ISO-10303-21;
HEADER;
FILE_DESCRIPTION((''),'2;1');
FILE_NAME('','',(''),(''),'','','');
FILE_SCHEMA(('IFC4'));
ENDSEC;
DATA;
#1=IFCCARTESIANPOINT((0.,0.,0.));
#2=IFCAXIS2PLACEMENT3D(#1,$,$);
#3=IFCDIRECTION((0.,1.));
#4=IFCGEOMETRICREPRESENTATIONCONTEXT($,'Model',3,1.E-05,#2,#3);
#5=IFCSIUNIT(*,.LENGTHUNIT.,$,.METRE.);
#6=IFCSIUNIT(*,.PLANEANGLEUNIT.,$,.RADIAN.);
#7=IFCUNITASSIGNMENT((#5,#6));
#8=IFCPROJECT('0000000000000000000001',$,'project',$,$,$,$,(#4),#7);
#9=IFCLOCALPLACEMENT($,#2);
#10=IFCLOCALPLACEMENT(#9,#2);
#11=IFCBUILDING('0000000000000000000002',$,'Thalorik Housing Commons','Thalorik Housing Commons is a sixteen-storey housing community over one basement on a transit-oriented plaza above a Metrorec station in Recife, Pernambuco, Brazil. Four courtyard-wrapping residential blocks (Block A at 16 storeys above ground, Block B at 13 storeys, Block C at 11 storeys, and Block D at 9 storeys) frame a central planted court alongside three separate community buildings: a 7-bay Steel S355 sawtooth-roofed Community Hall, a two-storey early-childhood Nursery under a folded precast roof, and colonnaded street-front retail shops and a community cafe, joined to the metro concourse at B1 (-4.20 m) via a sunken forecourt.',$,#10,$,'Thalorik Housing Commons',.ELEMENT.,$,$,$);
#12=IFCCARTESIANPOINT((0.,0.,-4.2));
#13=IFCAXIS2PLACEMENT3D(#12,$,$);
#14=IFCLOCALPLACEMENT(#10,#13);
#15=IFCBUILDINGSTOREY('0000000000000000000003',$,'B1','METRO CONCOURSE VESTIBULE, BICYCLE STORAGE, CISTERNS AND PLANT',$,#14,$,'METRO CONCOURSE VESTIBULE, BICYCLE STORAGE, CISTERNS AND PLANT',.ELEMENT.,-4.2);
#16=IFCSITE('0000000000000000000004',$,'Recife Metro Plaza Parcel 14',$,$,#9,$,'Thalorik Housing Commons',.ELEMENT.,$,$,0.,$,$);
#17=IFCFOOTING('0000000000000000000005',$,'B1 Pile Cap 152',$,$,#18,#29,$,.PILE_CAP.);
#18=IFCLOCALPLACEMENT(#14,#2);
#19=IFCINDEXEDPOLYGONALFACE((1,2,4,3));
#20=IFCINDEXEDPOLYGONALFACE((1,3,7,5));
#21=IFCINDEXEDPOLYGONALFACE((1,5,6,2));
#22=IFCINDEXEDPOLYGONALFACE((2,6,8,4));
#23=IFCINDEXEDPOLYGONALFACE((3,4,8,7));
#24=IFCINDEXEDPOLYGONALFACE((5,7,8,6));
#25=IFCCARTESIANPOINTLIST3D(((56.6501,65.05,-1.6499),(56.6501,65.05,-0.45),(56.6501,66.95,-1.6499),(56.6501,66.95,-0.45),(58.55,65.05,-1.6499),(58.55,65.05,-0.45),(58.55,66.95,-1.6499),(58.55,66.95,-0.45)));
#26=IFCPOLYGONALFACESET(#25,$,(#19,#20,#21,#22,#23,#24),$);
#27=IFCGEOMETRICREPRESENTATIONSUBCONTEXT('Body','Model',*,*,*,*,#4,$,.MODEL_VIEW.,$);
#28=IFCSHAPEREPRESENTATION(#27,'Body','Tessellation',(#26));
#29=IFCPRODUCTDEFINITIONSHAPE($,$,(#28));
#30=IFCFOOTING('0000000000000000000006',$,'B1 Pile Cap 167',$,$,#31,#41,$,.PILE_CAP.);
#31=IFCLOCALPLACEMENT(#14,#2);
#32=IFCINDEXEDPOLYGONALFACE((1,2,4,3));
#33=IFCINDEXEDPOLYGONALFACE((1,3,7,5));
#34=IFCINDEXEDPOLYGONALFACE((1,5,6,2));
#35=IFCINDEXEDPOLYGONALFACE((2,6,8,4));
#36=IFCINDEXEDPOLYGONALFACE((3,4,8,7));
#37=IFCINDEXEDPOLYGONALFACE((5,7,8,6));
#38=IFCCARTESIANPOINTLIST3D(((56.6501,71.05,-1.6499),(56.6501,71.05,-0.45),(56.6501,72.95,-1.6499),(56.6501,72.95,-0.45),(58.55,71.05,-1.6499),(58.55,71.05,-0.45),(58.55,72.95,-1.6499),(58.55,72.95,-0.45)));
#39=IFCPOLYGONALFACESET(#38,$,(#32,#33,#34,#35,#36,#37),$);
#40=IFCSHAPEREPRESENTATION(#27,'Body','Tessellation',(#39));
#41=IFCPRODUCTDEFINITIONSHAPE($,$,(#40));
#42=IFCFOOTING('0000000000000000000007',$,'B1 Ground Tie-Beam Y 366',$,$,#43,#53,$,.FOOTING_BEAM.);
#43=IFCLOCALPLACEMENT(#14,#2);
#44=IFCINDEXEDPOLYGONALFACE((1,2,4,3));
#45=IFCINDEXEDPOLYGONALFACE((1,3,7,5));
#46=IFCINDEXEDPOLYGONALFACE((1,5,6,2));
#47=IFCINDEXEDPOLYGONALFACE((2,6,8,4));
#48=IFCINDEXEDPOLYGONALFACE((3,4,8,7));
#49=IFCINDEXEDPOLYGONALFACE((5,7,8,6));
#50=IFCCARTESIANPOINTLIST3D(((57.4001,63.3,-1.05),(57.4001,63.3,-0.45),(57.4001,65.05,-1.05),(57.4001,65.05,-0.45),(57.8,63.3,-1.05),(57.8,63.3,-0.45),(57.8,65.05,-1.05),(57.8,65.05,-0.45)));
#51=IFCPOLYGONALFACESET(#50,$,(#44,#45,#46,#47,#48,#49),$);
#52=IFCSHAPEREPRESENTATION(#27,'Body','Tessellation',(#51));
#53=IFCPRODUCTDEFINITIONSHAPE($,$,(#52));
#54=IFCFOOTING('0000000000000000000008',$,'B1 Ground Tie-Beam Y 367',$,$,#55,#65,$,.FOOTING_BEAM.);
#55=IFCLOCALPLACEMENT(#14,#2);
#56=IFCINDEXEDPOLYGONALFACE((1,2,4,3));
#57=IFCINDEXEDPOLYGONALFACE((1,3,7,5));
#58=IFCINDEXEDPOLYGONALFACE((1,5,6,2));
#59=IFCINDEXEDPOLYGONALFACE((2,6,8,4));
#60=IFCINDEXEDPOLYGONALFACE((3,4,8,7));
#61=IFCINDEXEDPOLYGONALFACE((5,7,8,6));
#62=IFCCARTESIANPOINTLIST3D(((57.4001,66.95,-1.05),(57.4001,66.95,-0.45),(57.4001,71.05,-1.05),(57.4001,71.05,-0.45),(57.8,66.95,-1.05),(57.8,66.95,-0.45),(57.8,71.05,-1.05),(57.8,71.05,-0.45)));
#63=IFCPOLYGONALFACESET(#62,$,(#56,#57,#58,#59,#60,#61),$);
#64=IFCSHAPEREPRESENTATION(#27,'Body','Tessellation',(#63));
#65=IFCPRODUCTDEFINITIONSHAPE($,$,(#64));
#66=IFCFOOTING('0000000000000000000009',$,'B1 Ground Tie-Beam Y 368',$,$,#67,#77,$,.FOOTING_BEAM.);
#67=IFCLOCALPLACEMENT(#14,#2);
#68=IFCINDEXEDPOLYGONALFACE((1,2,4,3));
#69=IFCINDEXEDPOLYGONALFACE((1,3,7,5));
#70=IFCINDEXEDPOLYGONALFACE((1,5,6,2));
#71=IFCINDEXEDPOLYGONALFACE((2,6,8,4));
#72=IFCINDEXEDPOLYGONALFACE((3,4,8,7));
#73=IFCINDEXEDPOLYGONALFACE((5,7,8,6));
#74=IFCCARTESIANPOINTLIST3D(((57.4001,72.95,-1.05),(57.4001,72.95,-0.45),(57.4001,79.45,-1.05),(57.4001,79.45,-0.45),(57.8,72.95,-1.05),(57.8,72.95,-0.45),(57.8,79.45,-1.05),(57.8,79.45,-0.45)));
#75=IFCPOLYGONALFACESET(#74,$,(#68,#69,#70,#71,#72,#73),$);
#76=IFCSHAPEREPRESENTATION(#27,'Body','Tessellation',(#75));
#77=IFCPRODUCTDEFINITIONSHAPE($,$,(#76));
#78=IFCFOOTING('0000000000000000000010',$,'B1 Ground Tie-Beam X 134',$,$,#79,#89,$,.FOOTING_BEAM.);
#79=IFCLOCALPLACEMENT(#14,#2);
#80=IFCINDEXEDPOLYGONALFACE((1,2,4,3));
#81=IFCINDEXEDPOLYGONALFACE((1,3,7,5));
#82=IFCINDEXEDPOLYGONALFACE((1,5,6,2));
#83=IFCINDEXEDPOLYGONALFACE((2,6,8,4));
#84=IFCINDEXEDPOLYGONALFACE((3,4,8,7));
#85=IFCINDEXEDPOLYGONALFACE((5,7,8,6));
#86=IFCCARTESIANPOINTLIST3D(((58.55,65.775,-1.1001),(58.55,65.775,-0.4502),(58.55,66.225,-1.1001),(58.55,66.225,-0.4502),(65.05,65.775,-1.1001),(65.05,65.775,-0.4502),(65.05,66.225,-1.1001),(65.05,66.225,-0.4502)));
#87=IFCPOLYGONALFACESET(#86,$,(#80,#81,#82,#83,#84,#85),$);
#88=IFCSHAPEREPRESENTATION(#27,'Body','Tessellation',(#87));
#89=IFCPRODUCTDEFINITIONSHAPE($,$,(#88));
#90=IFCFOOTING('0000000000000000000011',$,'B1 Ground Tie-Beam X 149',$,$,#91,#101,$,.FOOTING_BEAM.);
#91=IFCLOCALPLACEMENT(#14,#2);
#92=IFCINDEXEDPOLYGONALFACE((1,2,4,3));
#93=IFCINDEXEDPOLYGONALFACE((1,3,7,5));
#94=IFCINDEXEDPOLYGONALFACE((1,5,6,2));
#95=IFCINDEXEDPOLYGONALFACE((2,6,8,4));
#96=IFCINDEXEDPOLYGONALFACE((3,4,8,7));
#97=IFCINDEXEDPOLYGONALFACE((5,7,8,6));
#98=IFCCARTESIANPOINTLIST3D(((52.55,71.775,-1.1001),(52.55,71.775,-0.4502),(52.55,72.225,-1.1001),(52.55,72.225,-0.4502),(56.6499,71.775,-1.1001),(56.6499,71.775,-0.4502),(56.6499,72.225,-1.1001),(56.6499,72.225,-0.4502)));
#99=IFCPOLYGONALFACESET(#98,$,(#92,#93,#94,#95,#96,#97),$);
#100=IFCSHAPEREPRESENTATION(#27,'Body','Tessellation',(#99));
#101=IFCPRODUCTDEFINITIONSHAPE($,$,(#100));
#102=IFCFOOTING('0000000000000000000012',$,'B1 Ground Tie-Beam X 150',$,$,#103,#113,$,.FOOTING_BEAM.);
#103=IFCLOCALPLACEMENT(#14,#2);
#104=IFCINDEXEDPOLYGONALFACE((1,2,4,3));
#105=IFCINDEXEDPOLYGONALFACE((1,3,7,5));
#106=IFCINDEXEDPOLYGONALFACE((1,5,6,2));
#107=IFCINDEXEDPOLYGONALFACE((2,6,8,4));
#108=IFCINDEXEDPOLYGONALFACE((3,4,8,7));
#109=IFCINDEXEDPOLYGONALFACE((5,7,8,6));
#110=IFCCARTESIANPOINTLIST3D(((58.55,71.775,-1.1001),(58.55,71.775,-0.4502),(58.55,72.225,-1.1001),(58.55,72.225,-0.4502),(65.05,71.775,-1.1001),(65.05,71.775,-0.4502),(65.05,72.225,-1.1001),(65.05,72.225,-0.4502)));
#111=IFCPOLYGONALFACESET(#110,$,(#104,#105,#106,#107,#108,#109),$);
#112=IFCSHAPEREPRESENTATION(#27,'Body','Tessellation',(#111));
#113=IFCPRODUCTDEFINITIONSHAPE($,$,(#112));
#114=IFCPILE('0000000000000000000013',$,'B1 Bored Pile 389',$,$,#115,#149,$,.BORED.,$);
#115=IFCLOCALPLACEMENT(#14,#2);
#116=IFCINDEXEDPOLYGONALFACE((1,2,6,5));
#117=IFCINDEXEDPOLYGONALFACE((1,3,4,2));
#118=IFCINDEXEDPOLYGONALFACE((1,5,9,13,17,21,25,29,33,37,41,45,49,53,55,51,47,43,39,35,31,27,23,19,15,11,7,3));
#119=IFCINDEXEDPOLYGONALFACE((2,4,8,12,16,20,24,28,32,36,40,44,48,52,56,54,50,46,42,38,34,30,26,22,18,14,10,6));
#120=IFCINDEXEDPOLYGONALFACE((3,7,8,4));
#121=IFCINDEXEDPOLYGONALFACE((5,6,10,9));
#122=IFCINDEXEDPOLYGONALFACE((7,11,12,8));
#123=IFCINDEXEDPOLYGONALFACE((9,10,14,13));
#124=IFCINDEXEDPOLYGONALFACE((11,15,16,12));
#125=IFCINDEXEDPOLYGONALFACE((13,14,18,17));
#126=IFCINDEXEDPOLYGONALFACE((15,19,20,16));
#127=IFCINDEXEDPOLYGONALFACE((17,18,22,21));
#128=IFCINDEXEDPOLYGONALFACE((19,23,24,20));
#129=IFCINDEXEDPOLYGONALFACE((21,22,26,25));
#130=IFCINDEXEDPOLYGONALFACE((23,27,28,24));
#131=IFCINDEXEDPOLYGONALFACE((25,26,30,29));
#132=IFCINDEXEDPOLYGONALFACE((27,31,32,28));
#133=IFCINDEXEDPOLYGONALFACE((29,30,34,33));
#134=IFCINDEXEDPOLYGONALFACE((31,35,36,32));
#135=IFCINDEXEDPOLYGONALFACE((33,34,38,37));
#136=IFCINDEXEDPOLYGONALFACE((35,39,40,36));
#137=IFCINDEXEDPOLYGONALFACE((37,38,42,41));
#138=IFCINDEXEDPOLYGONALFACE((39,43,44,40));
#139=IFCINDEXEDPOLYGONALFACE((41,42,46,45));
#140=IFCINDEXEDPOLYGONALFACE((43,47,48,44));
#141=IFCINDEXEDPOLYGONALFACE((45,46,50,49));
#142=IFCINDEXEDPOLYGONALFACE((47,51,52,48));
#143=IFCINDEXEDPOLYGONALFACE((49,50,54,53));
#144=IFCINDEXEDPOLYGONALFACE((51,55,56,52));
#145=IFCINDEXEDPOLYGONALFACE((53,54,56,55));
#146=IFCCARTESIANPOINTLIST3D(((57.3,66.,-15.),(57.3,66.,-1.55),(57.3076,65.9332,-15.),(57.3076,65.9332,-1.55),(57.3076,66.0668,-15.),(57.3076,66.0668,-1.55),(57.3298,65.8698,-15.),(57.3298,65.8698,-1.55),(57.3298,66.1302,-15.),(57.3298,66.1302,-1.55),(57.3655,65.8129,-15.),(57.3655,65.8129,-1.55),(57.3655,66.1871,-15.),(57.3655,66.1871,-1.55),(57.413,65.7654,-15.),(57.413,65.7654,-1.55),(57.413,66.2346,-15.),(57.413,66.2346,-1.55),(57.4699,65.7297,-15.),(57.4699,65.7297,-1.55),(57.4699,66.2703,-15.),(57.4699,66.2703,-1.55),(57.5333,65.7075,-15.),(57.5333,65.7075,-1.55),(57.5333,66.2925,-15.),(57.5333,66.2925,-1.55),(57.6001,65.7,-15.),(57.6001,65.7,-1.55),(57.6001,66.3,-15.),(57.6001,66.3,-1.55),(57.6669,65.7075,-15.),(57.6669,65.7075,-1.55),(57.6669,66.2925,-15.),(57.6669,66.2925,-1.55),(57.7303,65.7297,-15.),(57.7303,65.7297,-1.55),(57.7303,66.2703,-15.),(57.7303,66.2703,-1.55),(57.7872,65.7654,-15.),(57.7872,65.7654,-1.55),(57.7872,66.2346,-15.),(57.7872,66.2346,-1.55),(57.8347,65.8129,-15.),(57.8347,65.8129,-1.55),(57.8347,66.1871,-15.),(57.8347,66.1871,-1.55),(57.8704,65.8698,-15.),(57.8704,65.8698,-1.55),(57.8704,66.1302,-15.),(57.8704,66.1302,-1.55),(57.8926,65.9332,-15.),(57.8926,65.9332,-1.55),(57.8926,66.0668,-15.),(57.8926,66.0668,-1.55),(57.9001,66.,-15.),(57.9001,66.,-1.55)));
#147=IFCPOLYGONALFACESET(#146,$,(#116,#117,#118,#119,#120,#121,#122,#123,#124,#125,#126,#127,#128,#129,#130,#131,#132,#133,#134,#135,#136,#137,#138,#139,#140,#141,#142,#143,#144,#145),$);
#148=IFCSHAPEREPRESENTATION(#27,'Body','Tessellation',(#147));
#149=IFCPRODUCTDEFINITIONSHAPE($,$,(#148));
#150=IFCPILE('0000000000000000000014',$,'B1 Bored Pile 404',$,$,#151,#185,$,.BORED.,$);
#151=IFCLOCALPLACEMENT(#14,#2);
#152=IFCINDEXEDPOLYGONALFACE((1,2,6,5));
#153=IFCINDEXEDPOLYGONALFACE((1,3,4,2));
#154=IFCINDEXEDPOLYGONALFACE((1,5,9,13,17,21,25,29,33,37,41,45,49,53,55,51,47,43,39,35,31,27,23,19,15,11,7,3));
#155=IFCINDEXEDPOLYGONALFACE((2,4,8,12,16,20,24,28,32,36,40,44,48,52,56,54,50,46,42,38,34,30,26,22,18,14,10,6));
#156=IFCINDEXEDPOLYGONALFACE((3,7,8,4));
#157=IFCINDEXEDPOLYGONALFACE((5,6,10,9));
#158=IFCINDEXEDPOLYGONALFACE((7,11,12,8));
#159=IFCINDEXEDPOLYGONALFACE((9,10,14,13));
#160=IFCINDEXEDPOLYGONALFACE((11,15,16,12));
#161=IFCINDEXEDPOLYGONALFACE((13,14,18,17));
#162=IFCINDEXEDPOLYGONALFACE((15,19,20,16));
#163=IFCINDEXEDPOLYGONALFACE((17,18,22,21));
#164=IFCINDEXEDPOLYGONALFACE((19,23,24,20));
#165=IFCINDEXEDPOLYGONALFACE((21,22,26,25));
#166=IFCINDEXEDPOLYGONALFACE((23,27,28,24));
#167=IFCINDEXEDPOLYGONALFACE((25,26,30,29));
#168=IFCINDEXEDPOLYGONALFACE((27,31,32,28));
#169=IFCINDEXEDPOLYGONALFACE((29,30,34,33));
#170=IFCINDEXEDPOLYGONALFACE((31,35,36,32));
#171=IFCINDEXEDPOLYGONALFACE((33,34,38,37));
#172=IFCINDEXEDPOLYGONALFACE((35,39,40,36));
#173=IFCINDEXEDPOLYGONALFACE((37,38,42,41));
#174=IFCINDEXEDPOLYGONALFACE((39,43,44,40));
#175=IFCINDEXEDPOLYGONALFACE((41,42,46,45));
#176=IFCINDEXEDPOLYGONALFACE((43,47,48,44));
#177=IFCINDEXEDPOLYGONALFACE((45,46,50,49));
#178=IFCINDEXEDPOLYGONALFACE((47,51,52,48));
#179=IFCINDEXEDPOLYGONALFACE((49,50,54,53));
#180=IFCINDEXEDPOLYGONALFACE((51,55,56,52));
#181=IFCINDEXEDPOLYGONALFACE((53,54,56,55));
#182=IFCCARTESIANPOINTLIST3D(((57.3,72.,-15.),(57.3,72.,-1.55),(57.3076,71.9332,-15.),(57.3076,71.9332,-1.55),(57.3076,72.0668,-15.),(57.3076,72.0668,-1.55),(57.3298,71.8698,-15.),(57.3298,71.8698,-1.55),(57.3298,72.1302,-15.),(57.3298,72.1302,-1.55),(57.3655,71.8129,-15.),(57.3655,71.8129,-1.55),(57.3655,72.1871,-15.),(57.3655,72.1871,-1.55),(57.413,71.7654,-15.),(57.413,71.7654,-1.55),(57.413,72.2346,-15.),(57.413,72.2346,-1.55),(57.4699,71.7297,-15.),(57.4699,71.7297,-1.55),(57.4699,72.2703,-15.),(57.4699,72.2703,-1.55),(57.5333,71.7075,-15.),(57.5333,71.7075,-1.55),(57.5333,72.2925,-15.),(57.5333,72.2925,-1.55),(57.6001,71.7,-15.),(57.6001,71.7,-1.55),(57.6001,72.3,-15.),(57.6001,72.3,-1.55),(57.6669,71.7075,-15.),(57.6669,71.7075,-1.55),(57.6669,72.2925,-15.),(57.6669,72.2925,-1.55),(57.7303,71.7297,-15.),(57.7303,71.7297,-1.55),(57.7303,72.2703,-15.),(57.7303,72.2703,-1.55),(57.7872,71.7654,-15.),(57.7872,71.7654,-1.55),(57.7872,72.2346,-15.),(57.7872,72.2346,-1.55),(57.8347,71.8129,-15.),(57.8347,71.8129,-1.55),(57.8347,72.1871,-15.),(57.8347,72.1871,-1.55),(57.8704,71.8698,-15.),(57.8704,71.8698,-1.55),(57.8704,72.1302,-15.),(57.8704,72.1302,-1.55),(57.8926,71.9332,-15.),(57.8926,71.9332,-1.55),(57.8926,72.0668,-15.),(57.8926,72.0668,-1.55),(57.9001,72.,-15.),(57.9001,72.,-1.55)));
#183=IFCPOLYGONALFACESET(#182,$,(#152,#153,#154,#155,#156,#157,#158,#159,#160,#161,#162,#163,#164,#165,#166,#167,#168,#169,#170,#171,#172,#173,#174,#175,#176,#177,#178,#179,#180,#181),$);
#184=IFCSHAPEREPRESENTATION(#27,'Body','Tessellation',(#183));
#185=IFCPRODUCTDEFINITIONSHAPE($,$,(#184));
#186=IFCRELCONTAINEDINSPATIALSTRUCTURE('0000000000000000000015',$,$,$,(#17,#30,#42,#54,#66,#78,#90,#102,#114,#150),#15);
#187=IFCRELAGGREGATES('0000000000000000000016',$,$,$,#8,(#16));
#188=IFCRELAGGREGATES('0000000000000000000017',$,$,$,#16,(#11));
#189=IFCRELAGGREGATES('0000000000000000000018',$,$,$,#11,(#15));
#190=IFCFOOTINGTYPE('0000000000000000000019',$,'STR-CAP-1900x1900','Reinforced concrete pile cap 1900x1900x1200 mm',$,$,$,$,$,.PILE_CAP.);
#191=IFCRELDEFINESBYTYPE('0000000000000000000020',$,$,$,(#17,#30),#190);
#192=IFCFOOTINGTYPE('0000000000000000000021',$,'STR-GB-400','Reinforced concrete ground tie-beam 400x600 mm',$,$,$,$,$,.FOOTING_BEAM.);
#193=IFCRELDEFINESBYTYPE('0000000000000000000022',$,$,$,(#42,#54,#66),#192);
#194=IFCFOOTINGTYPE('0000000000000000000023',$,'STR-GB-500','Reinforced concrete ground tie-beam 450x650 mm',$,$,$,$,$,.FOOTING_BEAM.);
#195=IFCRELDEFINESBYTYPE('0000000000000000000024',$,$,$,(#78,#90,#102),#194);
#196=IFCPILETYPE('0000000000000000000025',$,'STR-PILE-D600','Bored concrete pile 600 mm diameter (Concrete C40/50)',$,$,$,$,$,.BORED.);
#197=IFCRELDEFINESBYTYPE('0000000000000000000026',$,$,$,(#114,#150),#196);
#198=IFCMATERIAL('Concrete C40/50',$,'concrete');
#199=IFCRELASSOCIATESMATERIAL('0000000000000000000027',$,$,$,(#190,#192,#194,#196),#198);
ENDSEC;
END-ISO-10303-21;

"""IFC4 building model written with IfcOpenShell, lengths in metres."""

from ifc_helpers import new_model, si_unit, direction, frame, origin, origin_2d, place, context, subcontext, project, spatial, rectangle, circle, extrude, material, material_profile, profile_set, type_object, element, save


model = new_model("IFC4")

# Units and contexts
model_context = context("Model", 3, precision=1e-05, world=origin(), true_north=direction((0.0, 1.0)))
body_context = subcontext(model_context, "Body", "Model", "MODEL_VIEW")
ifc_project = project(units=[si_unit("LENGTHUNIT", "METRE"), si_unit("PLANEANGLEUNIT", "RADIAN")], contexts=[model_context])

# Site, building, storey
site_placement = place(None, origin())
site = spatial("IfcSite", under=ifc_project, at=site_placement, Name="Recife Metro Plaza Parcel 14", LongName="Thalorik Housing Commons", CompositionType="ELEMENT", RefElevation=0.0)
building_placement = place(site_placement, origin())
building = spatial("IfcBuilding", under=site, at=building_placement, Name="Thalorik Housing Commons", Description="Thalorik Housing Commons is a sixteen-storey housing community over one basement on a transit-oriented plaza above a Metrorec station in Recife, Pernambuco, Brazil. Four courtyard-wrapping residential blocks (Block A at 16 storeys above ground, Block B at 13 storeys, Block C at 11 storeys, and Block D at 9 storeys) frame a central planted court alongside three separate community buildings: a 7-bay Steel S355 sawtooth-roofed Community Hall, a two-storey early-childhood Nursery under a folded precast roof, and colonnaded street-front retail shops and a community cafe, joined to the metro concourse at B1 (-4.20 m) via a sunken forecourt.", LongName="Thalorik Housing Commons", CompositionType="ELEMENT")
storey_placement = place(building_placement, frame((0.0, 0.0, -4.2)))
storey = spatial("IfcBuildingStorey", under=building, at=storey_placement, Name="B1", Description="METRO CONCOURSE VESTIBULE, BICYCLE STORAGE, CISTERNS AND PLANT", LongName="METRO CONCOURSE VESTIBULE, BICYCLE STORAGE, CISTERNS AND PLANT", CompositionType="ELEMENT", Elevation=-4.2)

# Footings
ifc_material_1 = material(Name="Concrete C40/50", Category="concrete")
footing_type_1 = type_object("IfcFootingType", Name="STR-CAP-1900x1900", Description="Reinforced concrete pile cap 1900x1900x1200 mm", PredefinedType="PILE_CAP", material=ifc_material_1)
for number, where, z_axis, x_axis, name in (
    (1, (57.6001, 66.0, -1.6499), (0.0, 0.0, 1.0), (1.0, 0.0, 0.0), "B1 Pile Cap 152"),
    (2, (57.6001, 72.0, -1.6499), (0.0, 0.0, 1.0), (1.0, 0.0, 0.0), "B1 Pile Cap 167"),
):
    element("IfcFooting", number, at=place(storey_placement, frame(where, z_axis=z_axis, x_axis=x_axis)), inside=storey, type_object=footing_type_1, Name=name, PredefinedType="PILE_CAP", context=body_context, shape_type="SweptSolid", body=[
        extrude(rectangle(XDim=1.8999, YDim=1.8999, at=origin_2d()), origin(), (0.0, 0.0, 1.0), 1.2),
    ])
ifc_material_profile_1 = material_profile(ifc_material_1, rectangle(XDim=0.3999, YDim=0.6001, at=origin_2d()), Name="RC 400x600", Category="concrete")
ifc_profile_set_1 = profile_set([ifc_material_profile_1], Name="Concrete C40/50")
footing_type_2 = type_object("IfcFootingType", Name="STR-GB-400", Description="Reinforced concrete ground tie-beam 400x600 mm", PredefinedType="FOOTING_BEAM", material=ifc_profile_set_1)
footing_1_placement = place(storey_placement, frame((57.6001, 63.3, -0.75), z_axis=(0.0, 1.0, 0.0), x_axis=(-1.0, 0.0, 0.0)))
element("IfcFooting", 3, at=footing_1_placement, inside=storey, type_object=footing_type_2, Name="B1 Ground Tie-Beam Y 366", PredefinedType="FOOTING_BEAM", context=body_context, shape_type="SweptSolid", body=[
    extrude(rectangle(XDim=0.3999, YDim=0.6001, at=origin_2d()), origin(), (0.0, 0.0, 1.0), 1.75),
])
footing_2_placement = place(storey_placement, frame((57.6001, 66.95, -0.75), z_axis=(0.0, 1.0, 0.0), x_axis=(-1.0, 0.0, 0.0)))
element("IfcFooting", 4, at=footing_2_placement, inside=storey, type_object=footing_type_2, Name="B1 Ground Tie-Beam Y 367", PredefinedType="FOOTING_BEAM", context=body_context, shape_type="SweptSolid", body=[
    extrude(rectangle(XDim=0.3999, YDim=0.6001, at=origin_2d()), origin(), (0.0, 0.0, 1.0), 4.1001),
])
footing_3_placement = place(storey_placement, frame((57.6001, 72.95, -0.75), z_axis=(0.0, 1.0, 0.0), x_axis=(-1.0, 0.0, 0.0)))
element("IfcFooting", 5, at=footing_3_placement, inside=storey, type_object=footing_type_2, Name="B1 Ground Tie-Beam Y 368", PredefinedType="FOOTING_BEAM", context=body_context, shape_type="SweptSolid", body=[
    extrude(rectangle(XDim=0.3999, YDim=0.6001, at=origin_2d()), origin(), (0.0, 0.0, 1.0), 6.5),
])
ifc_material_profile_2 = material_profile(ifc_material_1, rectangle(XDim=0.45, YDim=0.6499, at=origin_2d()), Name="RC 450x650", Category="concrete")
ifc_profile_set_2 = profile_set([ifc_material_profile_2], Name="Concrete C40/50")
footing_type_3 = type_object("IfcFootingType", Name="STR-GB-500", Description="Reinforced concrete ground tie-beam 450x650 mm", PredefinedType="FOOTING_BEAM", material=ifc_profile_set_2)
footing_4_placement = place(storey_placement, frame((58.55, 66.0, -0.7751), z_axis=(1.0, 0.0, 0.0), x_axis=(0.0, 1.0, 0.0)))
element("IfcFooting", 6, at=footing_4_placement, inside=storey, type_object=footing_type_3, Name="B1 Ground Tie-Beam X 134", PredefinedType="FOOTING_BEAM", context=body_context, shape_type="SweptSolid", body=[
    extrude(rectangle(XDim=0.45, YDim=0.6499, at=origin_2d()), origin(), (0.0, 0.0, 1.0), 6.5),
])
footing_5_placement = place(storey_placement, frame((52.55, 72.0, -0.7751), z_axis=(1.0, 0.0, 0.0), x_axis=(0.0, 1.0, 0.0)))
element("IfcFooting", 7, at=footing_5_placement, inside=storey, type_object=footing_type_3, Name="B1 Ground Tie-Beam X 149", PredefinedType="FOOTING_BEAM", context=body_context, shape_type="SweptSolid", body=[
    extrude(rectangle(XDim=0.45, YDim=0.6499, at=origin_2d()), origin(), (0.0, 0.0, 1.0), 4.0999),
])
footing_6_placement = place(storey_placement, frame((58.55, 72.0, -0.7751), z_axis=(1.0, 0.0, 0.0), x_axis=(0.0, 1.0, 0.0)))
element("IfcFooting", 8, at=footing_6_placement, inside=storey, type_object=footing_type_3, Name="B1 Ground Tie-Beam X 150", PredefinedType="FOOTING_BEAM", context=body_context, shape_type="SweptSolid", body=[
    extrude(rectangle(XDim=0.45, YDim=0.6499, at=origin_2d()), origin(), (0.0, 0.0, 1.0), 6.5),
])

# Piles
ifc_material_profile_3 = material_profile(ifc_material_1, circle(Radius=0.3, at=origin_2d()), Name="BORED PILE D600", Category="concrete")
ifc_profile_set_3 = profile_set([ifc_material_profile_3], Name="Concrete C40/50")
pile_type_1 = type_object("IfcPileType", Name="STR-PILE-D600", Description="Bored concrete pile 600 mm diameter (Concrete C40/50)", PredefinedType="BORED", material=ifc_profile_set_3)
for number, where, z_axis, x_axis, name in (
    (9, (57.6001, 66.0, -1.55), (0.0, 0.0, -1.0), (1.0, 0.0, 0.0), "B1 Bored Pile 389"),
    (10, (57.6001, 72.0, -1.55), (0.0, 0.0, -1.0), (1.0, 0.0, 0.0), "B1 Bored Pile 404"),
):
    element("IfcPile", number, at=place(storey_placement, frame(where, z_axis=z_axis, x_axis=x_axis)), inside=storey, type_object=pile_type_1, Name=name, PredefinedType="BORED", context=body_context, shape_type="SweptSolid", body=[
        extrude(circle(Radius=0.3, at=origin_2d()), origin(), (0.0, 0.0, 1.0), 13.45),
    ])

save(model, "model.ifc")
